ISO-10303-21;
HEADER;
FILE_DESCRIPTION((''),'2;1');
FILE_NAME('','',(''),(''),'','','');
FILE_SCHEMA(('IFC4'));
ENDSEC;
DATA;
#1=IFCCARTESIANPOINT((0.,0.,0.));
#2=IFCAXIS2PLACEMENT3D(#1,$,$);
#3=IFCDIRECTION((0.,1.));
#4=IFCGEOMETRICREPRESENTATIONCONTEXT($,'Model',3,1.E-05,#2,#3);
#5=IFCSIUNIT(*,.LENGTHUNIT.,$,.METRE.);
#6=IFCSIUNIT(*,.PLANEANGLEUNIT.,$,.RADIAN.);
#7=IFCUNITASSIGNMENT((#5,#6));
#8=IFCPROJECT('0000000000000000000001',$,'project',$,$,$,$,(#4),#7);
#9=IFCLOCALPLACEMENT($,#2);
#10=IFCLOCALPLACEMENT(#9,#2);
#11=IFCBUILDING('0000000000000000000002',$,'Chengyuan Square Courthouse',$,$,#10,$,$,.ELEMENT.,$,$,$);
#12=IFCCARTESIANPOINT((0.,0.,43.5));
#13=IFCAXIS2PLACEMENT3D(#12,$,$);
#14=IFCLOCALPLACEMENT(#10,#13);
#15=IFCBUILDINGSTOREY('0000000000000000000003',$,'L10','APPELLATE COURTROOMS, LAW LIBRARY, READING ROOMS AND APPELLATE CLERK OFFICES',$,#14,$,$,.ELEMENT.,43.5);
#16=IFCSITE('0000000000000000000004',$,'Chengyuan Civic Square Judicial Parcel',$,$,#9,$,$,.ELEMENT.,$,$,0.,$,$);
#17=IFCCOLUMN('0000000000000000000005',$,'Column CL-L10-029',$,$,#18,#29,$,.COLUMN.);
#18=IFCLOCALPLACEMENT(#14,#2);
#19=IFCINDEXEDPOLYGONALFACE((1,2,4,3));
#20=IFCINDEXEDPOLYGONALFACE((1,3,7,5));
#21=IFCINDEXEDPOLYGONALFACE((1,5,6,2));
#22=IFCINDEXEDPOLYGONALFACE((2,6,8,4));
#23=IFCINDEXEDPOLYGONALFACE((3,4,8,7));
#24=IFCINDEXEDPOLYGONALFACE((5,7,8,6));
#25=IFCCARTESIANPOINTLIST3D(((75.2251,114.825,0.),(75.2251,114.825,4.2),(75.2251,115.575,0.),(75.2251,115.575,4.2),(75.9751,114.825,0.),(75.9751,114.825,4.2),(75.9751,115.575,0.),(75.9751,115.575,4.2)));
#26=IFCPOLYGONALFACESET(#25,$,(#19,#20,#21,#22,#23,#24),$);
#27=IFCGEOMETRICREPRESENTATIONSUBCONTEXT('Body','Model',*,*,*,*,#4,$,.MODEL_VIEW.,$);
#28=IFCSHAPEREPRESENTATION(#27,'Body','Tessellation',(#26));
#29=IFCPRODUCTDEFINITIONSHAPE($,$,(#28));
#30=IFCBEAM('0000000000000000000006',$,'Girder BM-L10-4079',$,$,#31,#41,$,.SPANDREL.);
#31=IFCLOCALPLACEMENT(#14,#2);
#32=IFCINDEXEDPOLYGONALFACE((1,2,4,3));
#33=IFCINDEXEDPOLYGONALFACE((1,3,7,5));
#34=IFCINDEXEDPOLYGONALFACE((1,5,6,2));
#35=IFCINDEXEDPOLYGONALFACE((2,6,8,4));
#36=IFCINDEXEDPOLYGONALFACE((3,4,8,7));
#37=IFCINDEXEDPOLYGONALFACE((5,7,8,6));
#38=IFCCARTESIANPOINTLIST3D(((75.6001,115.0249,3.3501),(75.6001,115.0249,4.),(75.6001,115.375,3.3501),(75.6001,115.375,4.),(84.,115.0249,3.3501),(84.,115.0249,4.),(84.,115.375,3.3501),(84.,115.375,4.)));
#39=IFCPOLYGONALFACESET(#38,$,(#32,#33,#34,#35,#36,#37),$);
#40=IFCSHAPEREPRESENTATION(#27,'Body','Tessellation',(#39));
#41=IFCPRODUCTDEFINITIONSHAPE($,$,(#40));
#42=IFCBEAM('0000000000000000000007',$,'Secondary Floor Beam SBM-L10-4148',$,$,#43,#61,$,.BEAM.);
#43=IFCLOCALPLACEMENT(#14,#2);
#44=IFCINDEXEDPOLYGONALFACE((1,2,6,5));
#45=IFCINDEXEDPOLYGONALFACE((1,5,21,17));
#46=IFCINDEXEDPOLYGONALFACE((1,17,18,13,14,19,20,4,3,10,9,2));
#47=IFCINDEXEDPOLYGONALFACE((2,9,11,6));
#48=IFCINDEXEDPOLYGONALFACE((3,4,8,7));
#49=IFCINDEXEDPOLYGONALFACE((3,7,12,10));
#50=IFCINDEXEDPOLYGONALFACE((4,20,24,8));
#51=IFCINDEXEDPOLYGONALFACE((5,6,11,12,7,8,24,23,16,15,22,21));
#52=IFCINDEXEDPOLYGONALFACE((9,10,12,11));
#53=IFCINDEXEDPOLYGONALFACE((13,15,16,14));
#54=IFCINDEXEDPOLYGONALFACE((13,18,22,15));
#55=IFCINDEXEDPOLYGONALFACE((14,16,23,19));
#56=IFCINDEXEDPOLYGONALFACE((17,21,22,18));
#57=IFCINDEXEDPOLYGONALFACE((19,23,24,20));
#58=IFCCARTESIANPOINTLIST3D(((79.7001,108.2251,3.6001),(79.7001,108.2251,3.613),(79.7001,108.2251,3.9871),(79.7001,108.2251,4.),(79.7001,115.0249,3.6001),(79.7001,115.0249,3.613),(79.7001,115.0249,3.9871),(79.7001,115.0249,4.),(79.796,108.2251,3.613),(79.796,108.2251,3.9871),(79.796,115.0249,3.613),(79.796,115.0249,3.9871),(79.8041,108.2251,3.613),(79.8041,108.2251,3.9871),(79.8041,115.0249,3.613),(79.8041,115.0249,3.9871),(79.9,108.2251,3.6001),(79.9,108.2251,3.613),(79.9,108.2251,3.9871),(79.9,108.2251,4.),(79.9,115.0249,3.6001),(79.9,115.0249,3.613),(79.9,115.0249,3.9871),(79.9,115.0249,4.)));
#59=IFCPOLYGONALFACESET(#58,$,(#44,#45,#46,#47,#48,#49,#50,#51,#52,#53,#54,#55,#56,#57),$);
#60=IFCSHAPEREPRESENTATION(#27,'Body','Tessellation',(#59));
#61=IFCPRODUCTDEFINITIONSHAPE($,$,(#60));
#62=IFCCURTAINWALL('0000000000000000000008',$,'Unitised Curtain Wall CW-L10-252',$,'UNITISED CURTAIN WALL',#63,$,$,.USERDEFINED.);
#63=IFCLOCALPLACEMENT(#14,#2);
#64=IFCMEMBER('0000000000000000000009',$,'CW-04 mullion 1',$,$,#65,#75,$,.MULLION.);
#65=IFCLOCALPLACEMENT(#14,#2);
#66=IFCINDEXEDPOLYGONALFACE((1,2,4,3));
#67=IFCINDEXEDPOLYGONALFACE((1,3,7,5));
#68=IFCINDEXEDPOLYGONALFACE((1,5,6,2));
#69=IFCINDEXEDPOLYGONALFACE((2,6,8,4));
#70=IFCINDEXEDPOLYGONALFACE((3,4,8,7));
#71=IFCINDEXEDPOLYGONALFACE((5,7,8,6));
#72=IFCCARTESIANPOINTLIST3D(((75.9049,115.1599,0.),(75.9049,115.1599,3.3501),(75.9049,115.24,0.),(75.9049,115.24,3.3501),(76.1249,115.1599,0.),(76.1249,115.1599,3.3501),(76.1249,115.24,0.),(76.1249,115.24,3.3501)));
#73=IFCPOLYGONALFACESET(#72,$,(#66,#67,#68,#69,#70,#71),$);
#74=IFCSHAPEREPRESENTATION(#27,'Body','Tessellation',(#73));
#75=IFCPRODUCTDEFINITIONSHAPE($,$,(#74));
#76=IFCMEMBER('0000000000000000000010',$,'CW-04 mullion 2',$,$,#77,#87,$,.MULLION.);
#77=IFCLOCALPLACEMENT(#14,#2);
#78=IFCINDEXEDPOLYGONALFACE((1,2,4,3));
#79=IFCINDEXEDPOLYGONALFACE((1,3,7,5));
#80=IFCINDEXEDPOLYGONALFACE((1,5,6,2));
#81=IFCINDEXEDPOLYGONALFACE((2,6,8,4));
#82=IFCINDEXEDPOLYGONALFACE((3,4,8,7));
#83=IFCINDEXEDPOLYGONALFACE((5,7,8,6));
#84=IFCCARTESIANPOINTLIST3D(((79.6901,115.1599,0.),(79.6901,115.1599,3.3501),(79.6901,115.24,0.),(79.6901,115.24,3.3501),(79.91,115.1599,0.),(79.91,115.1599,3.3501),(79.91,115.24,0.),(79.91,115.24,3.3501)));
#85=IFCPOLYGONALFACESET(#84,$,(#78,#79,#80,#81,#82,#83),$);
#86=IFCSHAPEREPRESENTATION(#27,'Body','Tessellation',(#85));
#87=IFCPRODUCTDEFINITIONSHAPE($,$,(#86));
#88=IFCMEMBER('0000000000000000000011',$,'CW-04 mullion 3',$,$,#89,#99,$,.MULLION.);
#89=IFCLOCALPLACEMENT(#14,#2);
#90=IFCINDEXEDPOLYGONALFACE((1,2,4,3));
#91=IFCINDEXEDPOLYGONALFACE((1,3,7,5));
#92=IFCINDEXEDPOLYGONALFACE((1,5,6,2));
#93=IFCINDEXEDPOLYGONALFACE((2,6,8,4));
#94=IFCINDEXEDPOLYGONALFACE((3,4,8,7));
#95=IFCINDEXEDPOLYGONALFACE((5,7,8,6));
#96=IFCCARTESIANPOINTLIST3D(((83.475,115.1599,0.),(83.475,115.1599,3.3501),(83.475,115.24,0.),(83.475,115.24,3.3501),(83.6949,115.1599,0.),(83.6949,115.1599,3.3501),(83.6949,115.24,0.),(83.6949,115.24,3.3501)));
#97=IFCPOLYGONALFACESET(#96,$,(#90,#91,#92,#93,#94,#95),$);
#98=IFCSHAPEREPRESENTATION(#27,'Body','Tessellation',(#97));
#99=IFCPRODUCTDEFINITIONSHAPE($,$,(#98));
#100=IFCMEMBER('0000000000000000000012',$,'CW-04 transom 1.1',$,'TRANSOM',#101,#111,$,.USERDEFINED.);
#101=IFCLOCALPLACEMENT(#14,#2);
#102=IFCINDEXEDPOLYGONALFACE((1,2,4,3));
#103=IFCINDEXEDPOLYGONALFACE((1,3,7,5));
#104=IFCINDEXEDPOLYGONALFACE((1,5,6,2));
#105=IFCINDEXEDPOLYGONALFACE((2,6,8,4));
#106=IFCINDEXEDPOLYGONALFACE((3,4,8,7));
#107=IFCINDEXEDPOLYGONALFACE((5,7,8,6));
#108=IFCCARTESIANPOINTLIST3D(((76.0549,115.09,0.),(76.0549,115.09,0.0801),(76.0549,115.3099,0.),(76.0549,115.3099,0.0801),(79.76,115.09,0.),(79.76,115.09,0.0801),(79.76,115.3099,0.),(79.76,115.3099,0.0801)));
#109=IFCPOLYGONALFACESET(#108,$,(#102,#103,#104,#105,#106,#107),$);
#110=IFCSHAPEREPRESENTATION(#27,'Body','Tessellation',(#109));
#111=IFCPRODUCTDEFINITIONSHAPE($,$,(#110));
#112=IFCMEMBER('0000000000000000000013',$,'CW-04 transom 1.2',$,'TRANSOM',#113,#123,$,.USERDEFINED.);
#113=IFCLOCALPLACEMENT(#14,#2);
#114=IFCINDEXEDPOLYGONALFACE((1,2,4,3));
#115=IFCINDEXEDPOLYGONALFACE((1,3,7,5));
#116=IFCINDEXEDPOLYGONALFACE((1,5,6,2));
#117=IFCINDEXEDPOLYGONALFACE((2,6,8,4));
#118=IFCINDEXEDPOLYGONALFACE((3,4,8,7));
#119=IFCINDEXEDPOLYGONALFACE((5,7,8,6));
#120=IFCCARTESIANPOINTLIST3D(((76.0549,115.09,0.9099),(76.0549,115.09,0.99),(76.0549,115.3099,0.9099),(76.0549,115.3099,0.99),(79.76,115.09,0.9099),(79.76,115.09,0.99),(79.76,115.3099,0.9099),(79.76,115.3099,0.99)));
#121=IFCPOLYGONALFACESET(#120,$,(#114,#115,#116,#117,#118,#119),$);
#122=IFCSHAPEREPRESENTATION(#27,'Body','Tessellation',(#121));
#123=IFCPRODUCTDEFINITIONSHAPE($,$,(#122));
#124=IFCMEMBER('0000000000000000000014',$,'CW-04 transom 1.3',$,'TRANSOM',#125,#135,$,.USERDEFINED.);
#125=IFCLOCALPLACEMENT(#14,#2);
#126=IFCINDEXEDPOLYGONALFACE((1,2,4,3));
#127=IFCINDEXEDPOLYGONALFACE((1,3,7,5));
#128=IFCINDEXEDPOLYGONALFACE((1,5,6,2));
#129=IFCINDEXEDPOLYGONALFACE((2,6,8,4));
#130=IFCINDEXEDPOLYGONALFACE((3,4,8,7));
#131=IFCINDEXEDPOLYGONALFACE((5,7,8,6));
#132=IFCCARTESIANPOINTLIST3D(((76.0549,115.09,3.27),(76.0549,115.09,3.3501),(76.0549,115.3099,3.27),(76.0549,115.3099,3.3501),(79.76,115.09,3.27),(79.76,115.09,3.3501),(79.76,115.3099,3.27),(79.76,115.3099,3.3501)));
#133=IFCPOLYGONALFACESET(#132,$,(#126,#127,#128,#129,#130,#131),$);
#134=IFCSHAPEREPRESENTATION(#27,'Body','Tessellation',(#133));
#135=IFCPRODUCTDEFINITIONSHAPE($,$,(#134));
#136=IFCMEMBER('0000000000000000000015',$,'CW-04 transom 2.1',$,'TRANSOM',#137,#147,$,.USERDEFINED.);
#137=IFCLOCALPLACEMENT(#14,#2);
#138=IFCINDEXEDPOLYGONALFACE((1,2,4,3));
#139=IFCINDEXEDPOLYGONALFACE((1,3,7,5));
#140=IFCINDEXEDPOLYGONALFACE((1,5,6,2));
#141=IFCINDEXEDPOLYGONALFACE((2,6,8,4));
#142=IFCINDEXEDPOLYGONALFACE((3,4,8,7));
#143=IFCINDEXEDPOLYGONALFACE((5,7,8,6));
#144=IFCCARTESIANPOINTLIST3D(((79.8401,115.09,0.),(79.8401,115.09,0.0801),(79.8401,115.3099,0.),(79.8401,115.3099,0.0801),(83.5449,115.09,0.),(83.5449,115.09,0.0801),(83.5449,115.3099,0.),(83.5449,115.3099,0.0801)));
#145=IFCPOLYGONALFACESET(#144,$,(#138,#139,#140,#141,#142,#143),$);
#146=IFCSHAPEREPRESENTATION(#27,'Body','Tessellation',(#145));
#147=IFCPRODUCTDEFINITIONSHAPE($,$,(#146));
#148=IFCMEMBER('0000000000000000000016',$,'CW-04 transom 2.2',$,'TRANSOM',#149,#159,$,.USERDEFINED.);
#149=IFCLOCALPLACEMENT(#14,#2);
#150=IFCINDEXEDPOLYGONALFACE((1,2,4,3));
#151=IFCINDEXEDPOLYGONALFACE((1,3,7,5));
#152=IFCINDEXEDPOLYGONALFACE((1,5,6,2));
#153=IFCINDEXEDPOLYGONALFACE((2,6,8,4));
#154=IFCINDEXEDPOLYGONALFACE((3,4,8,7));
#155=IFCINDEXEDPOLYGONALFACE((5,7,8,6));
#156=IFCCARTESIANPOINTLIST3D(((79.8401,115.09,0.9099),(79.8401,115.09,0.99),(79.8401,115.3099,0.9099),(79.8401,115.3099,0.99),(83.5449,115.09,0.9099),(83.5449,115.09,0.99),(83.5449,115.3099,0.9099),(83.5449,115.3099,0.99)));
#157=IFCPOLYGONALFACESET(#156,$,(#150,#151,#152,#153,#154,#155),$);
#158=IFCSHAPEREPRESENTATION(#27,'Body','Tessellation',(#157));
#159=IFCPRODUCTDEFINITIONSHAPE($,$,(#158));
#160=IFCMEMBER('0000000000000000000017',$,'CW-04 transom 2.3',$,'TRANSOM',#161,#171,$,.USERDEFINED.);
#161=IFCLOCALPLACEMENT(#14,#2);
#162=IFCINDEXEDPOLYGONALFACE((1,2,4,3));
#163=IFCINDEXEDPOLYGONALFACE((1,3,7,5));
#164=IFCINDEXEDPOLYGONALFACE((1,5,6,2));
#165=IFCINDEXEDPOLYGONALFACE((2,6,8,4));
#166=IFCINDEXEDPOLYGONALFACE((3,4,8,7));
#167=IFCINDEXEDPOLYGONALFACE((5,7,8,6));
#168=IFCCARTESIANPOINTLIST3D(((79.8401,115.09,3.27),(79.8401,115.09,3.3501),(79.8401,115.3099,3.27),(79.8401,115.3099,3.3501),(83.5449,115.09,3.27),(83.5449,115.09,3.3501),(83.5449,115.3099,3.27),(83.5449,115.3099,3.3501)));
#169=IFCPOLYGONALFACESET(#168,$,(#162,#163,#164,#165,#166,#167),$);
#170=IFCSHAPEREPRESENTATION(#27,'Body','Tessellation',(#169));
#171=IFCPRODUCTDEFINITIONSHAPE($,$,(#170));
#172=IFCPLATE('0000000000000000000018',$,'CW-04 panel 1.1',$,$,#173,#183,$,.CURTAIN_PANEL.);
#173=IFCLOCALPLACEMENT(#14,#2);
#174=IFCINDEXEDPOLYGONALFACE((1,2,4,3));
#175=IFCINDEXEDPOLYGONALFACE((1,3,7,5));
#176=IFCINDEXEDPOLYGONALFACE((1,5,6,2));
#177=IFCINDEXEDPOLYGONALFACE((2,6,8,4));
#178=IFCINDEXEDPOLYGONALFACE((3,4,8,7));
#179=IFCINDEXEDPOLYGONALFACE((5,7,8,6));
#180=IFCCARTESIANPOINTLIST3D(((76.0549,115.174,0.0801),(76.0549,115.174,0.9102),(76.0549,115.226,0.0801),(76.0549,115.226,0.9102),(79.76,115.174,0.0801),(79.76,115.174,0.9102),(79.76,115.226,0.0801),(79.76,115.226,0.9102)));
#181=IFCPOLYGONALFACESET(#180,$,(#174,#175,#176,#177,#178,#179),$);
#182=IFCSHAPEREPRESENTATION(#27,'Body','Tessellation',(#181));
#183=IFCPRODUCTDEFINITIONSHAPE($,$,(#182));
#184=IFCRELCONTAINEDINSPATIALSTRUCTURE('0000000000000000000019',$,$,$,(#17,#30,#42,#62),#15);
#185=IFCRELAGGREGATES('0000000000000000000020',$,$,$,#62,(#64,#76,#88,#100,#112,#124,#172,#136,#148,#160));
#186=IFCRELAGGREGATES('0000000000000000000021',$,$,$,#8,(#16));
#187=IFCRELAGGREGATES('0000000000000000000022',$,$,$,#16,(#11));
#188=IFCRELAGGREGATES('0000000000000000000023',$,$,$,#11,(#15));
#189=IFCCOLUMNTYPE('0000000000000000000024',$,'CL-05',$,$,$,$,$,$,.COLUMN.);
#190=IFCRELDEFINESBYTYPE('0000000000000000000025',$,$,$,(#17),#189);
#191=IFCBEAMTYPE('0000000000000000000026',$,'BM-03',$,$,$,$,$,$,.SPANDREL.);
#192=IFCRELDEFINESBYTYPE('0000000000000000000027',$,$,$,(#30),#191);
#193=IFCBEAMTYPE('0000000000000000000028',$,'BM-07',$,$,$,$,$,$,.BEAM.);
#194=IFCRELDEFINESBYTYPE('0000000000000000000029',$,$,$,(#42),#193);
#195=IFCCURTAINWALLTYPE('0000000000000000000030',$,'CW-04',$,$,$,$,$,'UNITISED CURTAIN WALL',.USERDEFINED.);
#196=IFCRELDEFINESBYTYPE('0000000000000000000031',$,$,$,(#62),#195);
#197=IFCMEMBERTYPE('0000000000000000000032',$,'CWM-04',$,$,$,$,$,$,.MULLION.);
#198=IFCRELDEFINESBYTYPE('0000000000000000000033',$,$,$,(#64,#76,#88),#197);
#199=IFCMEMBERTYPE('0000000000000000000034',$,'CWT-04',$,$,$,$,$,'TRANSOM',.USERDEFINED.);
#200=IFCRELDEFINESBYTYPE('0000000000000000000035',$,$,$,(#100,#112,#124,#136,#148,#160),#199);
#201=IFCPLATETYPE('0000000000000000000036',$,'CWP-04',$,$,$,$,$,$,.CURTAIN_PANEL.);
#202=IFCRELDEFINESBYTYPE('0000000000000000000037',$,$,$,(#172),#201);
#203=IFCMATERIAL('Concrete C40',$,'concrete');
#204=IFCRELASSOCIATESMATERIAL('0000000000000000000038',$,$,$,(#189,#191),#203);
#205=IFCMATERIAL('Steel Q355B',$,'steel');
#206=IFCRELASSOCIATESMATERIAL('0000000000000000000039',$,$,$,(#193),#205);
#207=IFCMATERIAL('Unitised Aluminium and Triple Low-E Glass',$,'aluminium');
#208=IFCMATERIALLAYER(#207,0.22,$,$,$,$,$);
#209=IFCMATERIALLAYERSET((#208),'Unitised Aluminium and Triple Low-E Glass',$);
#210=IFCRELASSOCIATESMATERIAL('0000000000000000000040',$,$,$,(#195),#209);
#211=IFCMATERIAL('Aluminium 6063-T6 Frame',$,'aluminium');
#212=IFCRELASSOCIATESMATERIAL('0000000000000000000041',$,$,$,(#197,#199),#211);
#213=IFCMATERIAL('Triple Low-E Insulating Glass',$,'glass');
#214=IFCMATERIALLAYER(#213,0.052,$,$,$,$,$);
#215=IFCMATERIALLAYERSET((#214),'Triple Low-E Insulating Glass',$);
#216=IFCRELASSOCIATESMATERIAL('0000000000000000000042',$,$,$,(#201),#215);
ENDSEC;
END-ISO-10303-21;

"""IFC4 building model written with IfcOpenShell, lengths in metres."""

from ifc_helpers import new_model, si_unit, direction, frame, origin, origin_2d, place, context, subcontext, project, spatial, rectangle, i_section, extrude, material, layer, layer_set, material_profile, profile_set, type_object, element, aggregate, save


model = new_model("IFC4")

# Units and contexts
model_context = context("Model", 3, precision=1e-05, world=origin(), true_north=direction((0.0, 1.0)))
body_context = subcontext(model_context, "Body", "Model", "MODEL_VIEW")
ifc_project = project(units=[si_unit("LENGTHUNIT", "METRE"), si_unit("PLANEANGLEUNIT", "RADIAN")], contexts=[model_context])

# Site, building, storey
site_placement = place(None, origin())
site = spatial("IfcSite", under=ifc_project, at=site_placement, Name="Chengyuan Civic Square Judicial Parcel", CompositionType="ELEMENT", RefElevation=0.0)
building_placement = place(site_placement, origin())
building = spatial("IfcBuilding", under=site, at=building_placement, Name="Chengyuan Square Courthouse", CompositionType="ELEMENT")
storey_placement = place(building_placement, frame((0.0, 0.0, 43.5)))
storey = spatial("IfcBuildingStorey", under=building, at=storey_placement, Name="L10", Description="APPELLATE COURTROOMS, LAW LIBRARY, READING ROOMS AND APPELLATE CLERK OFFICES", CompositionType="ELEMENT", Elevation=43.5)

# Column
ifc_material_1 = material(Name="Concrete C40", Category="concrete")
ifc_material_profile_1 = material_profile(ifc_material_1, rectangle(XDim=0.75, YDim=0.75, at=origin_2d()), Name="RC-COL-750x750")
ifc_profile_set_1 = profile_set([ifc_material_profile_1], Name="Concrete C40")
column_type = type_object("IfcColumnType", Name="CL-05", PredefinedType="COLUMN", material=ifc_profile_set_1)
column_placement = place(storey_placement, frame((75.6001, 115.2, 0.0), z_axis=(0.0, 0.0, 1.0), x_axis=(1.0, 0.0, 0.0)))
element("IfcColumn", 1, at=column_placement, inside=storey, type_object=column_type, Name="Column CL-L10-029", PredefinedType="COLUMN", context=body_context, shape_type="SweptSolid", body=[
    extrude(rectangle(XDim=0.75, YDim=0.75, at=origin_2d()), origin(), (0.0, 0.0, 1.0), 4.2),
])

# Beams
ifc_material_profile_2 = material_profile(ifc_material_1, rectangle(XDim=0.3501, YDim=0.6499, at=origin_2d()), Name="RC-BM-350x650")
ifc_profile_set_2 = profile_set([ifc_material_profile_2], Name="Concrete C40")
beam_type_1 = type_object("IfcBeamType", Name="BM-03", PredefinedType="SPANDREL", material=ifc_profile_set_2)
beam_1_placement = place(storey_placement, frame((75.6001, 115.2, 3.675), z_axis=(1.0, 0.0, 0.0), x_axis=(0.0, 1.0, 0.0)))
element("IfcBeam", 2, at=beam_1_placement, inside=storey, type_object=beam_type_1, Name="Girder BM-L10-4079", PredefinedType="SPANDREL", context=body_context, shape_type="SweptSolid", body=[
    extrude(rectangle(XDim=0.3501, YDim=0.6499, at=origin_2d()), origin(), (0.0, 0.0, 1.0), 8.3999),
])
ifc_material_2 = material(Name="Steel Q355B", Category="steel")
ifc_material_profile_3 = material_profile(ifc_material_2, i_section(OverallWidth=0.2, OverallDepth=0.3999, WebThickness=0.0081, FlangeThickness=0.0129, at=origin_2d()), Name="HN 400x200x8x13")
ifc_profile_set_3 = profile_set([ifc_material_profile_3], Name="Steel Q355B")
beam_type_2 = type_object("IfcBeamType", Name="BM-07", PredefinedType="BEAM", material=ifc_profile_set_3)
beam_2_placement = place(storey_placement, frame((79.8, 108.2251, 3.8), z_axis=(0.0, 1.0, 0.0), x_axis=(-1.0, 0.0, 0.0)))
element("IfcBeam", 3, at=beam_2_placement, inside=storey, type_object=beam_type_2, Name="Secondary Floor Beam SBM-L10-4148", PredefinedType="BEAM", context=body_context, shape_type="SweptSolid", body=[
    extrude(i_section(OverallWidth=0.2, OverallDepth=0.3999, WebThickness=0.0081, FlangeThickness=0.0129, at=origin_2d()), origin(), (0.0, 0.0, 1.0), 6.7998),
])

# Curtain wall, members, plate
ifc_material_3 = material(Name="Unitised Aluminium and Triple Low-E Glass", Category="aluminium")
ifc_layer_1 = layer(ifc_material_3, 0.22)
ifc_layer_set_1 = layer_set([ifc_layer_1], Name="Unitised Aluminium and Triple Low-E Glass")
curtain_wall_type = type_object("IfcCurtainWallType", Name="CW-04", ElementType="UNITISED CURTAIN WALL", PredefinedType="USERDEFINED", material=ifc_layer_set_1)
curtain_wall_placement = place(storey_placement, origin())
curtain_wall = element("IfcCurtainWall", 4, at=curtain_wall_placement, inside=storey, type_object=curtain_wall_type, Name="Unitised Curtain Wall CW-L10-252", ObjectType="UNITISED CURTAIN WALL", PredefinedType="USERDEFINED")
ifc_material_4 = material(Name="Aluminium 6063-T6 Frame", Category="aluminium")
ifc_material_profile_4 = material_profile(ifc_material_4, rectangle(XDim=0.0801, YDim=0.22, at=origin_2d()), Name="CW-MUL-80x220")
ifc_profile_set_4 = profile_set([ifc_material_profile_4], Name="Aluminium 6063-T6 Frame")
member_type_1 = type_object("IfcMemberType", Name="CWM-04", PredefinedType="MULLION", material=ifc_profile_set_4)
member_1_placement = place(storey_placement, frame((76.0149, 115.2, 0.0), z_axis=(0.0, 0.0, 1.0), x_axis=(0.0, 1.0, 0.0)))
member_1 = element("IfcMember", 5, at=member_1_placement, type_object=member_type_1, Name="CW-04 mullion 1", PredefinedType="MULLION", context=body_context, shape_type="SweptSolid", body=[
    extrude(rectangle(XDim=0.0801, YDim=0.22, at=origin_2d()), origin(), (0.0, 0.0, 1.0), 3.3501),
])
member_2_placement = place(storey_placement, frame((79.8, 115.2, 0.0), z_axis=(0.0, 0.0, 1.0), x_axis=(0.0, 1.0, 0.0)))
member_2 = element("IfcMember", 6, at=member_2_placement, type_object=member_type_1, Name="CW-04 mullion 2", PredefinedType="MULLION", context=body_context, shape_type="SweptSolid", body=[
    extrude(rectangle(XDim=0.0801, YDim=0.22, at=origin_2d()), origin(), (0.0, 0.0, 1.0), 3.3501),
])
member_3_placement = place(storey_placement, frame((83.585, 115.2, 0.0), z_axis=(0.0, 0.0, 1.0), x_axis=(0.0, 1.0, 0.0)))
member_3 = element("IfcMember", 7, at=member_3_placement, type_object=member_type_1, Name="CW-04 mullion 3", PredefinedType="MULLION", context=body_context, shape_type="SweptSolid", body=[
    extrude(rectangle(XDim=0.0801, YDim=0.22, at=origin_2d()), origin(), (0.0, 0.0, 1.0), 3.3501),
])
ifc_material_profile_5 = material_profile(ifc_material_4, rectangle(XDim=0.22, YDim=0.0801, at=origin_2d()), Name="CW-TRN-80x180")
ifc_profile_set_5 = profile_set([ifc_material_profile_5], Name="Aluminium 6063-T6 Frame")
member_type_2 = type_object("IfcMemberType", Name="CWT-04", ElementType="TRANSOM", PredefinedType="USERDEFINED", material=ifc_profile_set_5)
member_4_placement = place(storey_placement, frame((76.0549, 115.2, 0.04), z_axis=(1.0, 0.0, 0.0), x_axis=(0.0, 1.0, 0.0)))
member_4 = element("IfcMember", 8, at=member_4_placement, type_object=member_type_2, Name="CW-04 transom 1.1", ObjectType="TRANSOM", PredefinedType="USERDEFINED", context=body_context, shape_type="SweptSolid", body=[
    extrude(rectangle(XDim=0.22, YDim=0.0801, at=origin_2d()), origin(), (0.0, 0.0, 1.0), 3.7051),
])
member_5_placement = place(storey_placement, frame((76.0549, 115.2, 0.95), z_axis=(1.0, 0.0, 0.0), x_axis=(0.0, 1.0, 0.0)))
member_5 = element("IfcMember", 9, at=member_5_placement, type_object=member_type_2, Name="CW-04 transom 1.2", ObjectType="TRANSOM", PredefinedType="USERDEFINED", context=body_context, shape_type="SweptSolid", body=[
    extrude(rectangle(XDim=0.22, YDim=0.0801, at=origin_2d()), origin(), (0.0, 0.0, 1.0), 3.7051),
])
member_6_placement = place(storey_placement, frame((76.0549, 115.2, 3.3101), z_axis=(1.0, 0.0, 0.0), x_axis=(0.0, 1.0, 0.0)))
member_6 = element("IfcMember", 10, at=member_6_placement, type_object=member_type_2, Name="CW-04 transom 1.3", ObjectType="TRANSOM", PredefinedType="USERDEFINED", context=body_context, shape_type="SweptSolid", body=[
    extrude(rectangle(XDim=0.22, YDim=0.0801, at=origin_2d()), origin(), (0.0, 0.0, 1.0), 3.7051),
])
member_7_placement = place(storey_placement, frame((79.8401, 115.2, 0.04), z_axis=(1.0, 0.0, 0.0), x_axis=(0.0, 1.0, 0.0)))
member_7 = element("IfcMember", 11, at=member_7_placement, type_object=member_type_2, Name="CW-04 transom 2.1", ObjectType="TRANSOM", PredefinedType="USERDEFINED", context=body_context, shape_type="SweptSolid", body=[
    extrude(rectangle(XDim=0.22, YDim=0.0801, at=origin_2d()), origin(), (0.0, 0.0, 1.0), 3.7048),
])
member_8_placement = place(storey_placement, frame((79.8401, 115.2, 0.95), z_axis=(1.0, 0.0, 0.0), x_axis=(0.0, 1.0, 0.0)))
member_8 = element("IfcMember", 12, at=member_8_placement, type_object=member_type_2, Name="CW-04 transom 2.2", ObjectType="TRANSOM", PredefinedType="USERDEFINED", context=body_context, shape_type="SweptSolid", body=[
    extrude(rectangle(XDim=0.22, YDim=0.0801, at=origin_2d()), origin(), (0.0, 0.0, 1.0), 3.7048),
])
member_9_placement = place(storey_placement, frame((79.8401, 115.2, 3.3101), z_axis=(1.0, 0.0, 0.0), x_axis=(0.0, 1.0, 0.0)))
member_9 = element("IfcMember", 13, at=member_9_placement, type_object=member_type_2, Name="CW-04 transom 2.3", ObjectType="TRANSOM", PredefinedType="USERDEFINED", context=body_context, shape_type="SweptSolid", body=[
    extrude(rectangle(XDim=0.22, YDim=0.0801, at=origin_2d()), origin(), (0.0, 0.0, 1.0), 3.7048),
])
ifc_material_5 = material(Name="Triple Low-E Insulating Glass", Category="glass")
ifc_layer_2 = layer(ifc_material_5, 0.052)
ifc_layer_set_2 = layer_set([ifc_layer_2], Name="Triple Low-E Insulating Glass")
plate_type = type_object("IfcPlateType", Name="CWP-04", PredefinedType="CURTAIN_PANEL", material=ifc_layer_set_2)
plate_1_placement = place(storey_placement, frame((77.9075, 115.2, 0.0801), z_axis=(0.0, 0.0, 1.0), x_axis=(1.0, 0.0, 0.0)))
plate_1 = element("IfcPlate", 14, at=plate_1_placement, type_object=plate_type, Name="CW-04 panel 1.1", PredefinedType="CURTAIN_PANEL", context=body_context, shape_type="SweptSolid", body=[
    extrude(rectangle(XDim=3.7051, YDim=0.052, at=origin_2d()), origin(), (0.0, 0.0, 1.0), 0.8301),
])
aggregate(curtain_wall, [member_1, member_2, member_3, member_4, member_5, member_6, plate_1, member_7, member_8, member_9])

save(model, "model.ifc")
